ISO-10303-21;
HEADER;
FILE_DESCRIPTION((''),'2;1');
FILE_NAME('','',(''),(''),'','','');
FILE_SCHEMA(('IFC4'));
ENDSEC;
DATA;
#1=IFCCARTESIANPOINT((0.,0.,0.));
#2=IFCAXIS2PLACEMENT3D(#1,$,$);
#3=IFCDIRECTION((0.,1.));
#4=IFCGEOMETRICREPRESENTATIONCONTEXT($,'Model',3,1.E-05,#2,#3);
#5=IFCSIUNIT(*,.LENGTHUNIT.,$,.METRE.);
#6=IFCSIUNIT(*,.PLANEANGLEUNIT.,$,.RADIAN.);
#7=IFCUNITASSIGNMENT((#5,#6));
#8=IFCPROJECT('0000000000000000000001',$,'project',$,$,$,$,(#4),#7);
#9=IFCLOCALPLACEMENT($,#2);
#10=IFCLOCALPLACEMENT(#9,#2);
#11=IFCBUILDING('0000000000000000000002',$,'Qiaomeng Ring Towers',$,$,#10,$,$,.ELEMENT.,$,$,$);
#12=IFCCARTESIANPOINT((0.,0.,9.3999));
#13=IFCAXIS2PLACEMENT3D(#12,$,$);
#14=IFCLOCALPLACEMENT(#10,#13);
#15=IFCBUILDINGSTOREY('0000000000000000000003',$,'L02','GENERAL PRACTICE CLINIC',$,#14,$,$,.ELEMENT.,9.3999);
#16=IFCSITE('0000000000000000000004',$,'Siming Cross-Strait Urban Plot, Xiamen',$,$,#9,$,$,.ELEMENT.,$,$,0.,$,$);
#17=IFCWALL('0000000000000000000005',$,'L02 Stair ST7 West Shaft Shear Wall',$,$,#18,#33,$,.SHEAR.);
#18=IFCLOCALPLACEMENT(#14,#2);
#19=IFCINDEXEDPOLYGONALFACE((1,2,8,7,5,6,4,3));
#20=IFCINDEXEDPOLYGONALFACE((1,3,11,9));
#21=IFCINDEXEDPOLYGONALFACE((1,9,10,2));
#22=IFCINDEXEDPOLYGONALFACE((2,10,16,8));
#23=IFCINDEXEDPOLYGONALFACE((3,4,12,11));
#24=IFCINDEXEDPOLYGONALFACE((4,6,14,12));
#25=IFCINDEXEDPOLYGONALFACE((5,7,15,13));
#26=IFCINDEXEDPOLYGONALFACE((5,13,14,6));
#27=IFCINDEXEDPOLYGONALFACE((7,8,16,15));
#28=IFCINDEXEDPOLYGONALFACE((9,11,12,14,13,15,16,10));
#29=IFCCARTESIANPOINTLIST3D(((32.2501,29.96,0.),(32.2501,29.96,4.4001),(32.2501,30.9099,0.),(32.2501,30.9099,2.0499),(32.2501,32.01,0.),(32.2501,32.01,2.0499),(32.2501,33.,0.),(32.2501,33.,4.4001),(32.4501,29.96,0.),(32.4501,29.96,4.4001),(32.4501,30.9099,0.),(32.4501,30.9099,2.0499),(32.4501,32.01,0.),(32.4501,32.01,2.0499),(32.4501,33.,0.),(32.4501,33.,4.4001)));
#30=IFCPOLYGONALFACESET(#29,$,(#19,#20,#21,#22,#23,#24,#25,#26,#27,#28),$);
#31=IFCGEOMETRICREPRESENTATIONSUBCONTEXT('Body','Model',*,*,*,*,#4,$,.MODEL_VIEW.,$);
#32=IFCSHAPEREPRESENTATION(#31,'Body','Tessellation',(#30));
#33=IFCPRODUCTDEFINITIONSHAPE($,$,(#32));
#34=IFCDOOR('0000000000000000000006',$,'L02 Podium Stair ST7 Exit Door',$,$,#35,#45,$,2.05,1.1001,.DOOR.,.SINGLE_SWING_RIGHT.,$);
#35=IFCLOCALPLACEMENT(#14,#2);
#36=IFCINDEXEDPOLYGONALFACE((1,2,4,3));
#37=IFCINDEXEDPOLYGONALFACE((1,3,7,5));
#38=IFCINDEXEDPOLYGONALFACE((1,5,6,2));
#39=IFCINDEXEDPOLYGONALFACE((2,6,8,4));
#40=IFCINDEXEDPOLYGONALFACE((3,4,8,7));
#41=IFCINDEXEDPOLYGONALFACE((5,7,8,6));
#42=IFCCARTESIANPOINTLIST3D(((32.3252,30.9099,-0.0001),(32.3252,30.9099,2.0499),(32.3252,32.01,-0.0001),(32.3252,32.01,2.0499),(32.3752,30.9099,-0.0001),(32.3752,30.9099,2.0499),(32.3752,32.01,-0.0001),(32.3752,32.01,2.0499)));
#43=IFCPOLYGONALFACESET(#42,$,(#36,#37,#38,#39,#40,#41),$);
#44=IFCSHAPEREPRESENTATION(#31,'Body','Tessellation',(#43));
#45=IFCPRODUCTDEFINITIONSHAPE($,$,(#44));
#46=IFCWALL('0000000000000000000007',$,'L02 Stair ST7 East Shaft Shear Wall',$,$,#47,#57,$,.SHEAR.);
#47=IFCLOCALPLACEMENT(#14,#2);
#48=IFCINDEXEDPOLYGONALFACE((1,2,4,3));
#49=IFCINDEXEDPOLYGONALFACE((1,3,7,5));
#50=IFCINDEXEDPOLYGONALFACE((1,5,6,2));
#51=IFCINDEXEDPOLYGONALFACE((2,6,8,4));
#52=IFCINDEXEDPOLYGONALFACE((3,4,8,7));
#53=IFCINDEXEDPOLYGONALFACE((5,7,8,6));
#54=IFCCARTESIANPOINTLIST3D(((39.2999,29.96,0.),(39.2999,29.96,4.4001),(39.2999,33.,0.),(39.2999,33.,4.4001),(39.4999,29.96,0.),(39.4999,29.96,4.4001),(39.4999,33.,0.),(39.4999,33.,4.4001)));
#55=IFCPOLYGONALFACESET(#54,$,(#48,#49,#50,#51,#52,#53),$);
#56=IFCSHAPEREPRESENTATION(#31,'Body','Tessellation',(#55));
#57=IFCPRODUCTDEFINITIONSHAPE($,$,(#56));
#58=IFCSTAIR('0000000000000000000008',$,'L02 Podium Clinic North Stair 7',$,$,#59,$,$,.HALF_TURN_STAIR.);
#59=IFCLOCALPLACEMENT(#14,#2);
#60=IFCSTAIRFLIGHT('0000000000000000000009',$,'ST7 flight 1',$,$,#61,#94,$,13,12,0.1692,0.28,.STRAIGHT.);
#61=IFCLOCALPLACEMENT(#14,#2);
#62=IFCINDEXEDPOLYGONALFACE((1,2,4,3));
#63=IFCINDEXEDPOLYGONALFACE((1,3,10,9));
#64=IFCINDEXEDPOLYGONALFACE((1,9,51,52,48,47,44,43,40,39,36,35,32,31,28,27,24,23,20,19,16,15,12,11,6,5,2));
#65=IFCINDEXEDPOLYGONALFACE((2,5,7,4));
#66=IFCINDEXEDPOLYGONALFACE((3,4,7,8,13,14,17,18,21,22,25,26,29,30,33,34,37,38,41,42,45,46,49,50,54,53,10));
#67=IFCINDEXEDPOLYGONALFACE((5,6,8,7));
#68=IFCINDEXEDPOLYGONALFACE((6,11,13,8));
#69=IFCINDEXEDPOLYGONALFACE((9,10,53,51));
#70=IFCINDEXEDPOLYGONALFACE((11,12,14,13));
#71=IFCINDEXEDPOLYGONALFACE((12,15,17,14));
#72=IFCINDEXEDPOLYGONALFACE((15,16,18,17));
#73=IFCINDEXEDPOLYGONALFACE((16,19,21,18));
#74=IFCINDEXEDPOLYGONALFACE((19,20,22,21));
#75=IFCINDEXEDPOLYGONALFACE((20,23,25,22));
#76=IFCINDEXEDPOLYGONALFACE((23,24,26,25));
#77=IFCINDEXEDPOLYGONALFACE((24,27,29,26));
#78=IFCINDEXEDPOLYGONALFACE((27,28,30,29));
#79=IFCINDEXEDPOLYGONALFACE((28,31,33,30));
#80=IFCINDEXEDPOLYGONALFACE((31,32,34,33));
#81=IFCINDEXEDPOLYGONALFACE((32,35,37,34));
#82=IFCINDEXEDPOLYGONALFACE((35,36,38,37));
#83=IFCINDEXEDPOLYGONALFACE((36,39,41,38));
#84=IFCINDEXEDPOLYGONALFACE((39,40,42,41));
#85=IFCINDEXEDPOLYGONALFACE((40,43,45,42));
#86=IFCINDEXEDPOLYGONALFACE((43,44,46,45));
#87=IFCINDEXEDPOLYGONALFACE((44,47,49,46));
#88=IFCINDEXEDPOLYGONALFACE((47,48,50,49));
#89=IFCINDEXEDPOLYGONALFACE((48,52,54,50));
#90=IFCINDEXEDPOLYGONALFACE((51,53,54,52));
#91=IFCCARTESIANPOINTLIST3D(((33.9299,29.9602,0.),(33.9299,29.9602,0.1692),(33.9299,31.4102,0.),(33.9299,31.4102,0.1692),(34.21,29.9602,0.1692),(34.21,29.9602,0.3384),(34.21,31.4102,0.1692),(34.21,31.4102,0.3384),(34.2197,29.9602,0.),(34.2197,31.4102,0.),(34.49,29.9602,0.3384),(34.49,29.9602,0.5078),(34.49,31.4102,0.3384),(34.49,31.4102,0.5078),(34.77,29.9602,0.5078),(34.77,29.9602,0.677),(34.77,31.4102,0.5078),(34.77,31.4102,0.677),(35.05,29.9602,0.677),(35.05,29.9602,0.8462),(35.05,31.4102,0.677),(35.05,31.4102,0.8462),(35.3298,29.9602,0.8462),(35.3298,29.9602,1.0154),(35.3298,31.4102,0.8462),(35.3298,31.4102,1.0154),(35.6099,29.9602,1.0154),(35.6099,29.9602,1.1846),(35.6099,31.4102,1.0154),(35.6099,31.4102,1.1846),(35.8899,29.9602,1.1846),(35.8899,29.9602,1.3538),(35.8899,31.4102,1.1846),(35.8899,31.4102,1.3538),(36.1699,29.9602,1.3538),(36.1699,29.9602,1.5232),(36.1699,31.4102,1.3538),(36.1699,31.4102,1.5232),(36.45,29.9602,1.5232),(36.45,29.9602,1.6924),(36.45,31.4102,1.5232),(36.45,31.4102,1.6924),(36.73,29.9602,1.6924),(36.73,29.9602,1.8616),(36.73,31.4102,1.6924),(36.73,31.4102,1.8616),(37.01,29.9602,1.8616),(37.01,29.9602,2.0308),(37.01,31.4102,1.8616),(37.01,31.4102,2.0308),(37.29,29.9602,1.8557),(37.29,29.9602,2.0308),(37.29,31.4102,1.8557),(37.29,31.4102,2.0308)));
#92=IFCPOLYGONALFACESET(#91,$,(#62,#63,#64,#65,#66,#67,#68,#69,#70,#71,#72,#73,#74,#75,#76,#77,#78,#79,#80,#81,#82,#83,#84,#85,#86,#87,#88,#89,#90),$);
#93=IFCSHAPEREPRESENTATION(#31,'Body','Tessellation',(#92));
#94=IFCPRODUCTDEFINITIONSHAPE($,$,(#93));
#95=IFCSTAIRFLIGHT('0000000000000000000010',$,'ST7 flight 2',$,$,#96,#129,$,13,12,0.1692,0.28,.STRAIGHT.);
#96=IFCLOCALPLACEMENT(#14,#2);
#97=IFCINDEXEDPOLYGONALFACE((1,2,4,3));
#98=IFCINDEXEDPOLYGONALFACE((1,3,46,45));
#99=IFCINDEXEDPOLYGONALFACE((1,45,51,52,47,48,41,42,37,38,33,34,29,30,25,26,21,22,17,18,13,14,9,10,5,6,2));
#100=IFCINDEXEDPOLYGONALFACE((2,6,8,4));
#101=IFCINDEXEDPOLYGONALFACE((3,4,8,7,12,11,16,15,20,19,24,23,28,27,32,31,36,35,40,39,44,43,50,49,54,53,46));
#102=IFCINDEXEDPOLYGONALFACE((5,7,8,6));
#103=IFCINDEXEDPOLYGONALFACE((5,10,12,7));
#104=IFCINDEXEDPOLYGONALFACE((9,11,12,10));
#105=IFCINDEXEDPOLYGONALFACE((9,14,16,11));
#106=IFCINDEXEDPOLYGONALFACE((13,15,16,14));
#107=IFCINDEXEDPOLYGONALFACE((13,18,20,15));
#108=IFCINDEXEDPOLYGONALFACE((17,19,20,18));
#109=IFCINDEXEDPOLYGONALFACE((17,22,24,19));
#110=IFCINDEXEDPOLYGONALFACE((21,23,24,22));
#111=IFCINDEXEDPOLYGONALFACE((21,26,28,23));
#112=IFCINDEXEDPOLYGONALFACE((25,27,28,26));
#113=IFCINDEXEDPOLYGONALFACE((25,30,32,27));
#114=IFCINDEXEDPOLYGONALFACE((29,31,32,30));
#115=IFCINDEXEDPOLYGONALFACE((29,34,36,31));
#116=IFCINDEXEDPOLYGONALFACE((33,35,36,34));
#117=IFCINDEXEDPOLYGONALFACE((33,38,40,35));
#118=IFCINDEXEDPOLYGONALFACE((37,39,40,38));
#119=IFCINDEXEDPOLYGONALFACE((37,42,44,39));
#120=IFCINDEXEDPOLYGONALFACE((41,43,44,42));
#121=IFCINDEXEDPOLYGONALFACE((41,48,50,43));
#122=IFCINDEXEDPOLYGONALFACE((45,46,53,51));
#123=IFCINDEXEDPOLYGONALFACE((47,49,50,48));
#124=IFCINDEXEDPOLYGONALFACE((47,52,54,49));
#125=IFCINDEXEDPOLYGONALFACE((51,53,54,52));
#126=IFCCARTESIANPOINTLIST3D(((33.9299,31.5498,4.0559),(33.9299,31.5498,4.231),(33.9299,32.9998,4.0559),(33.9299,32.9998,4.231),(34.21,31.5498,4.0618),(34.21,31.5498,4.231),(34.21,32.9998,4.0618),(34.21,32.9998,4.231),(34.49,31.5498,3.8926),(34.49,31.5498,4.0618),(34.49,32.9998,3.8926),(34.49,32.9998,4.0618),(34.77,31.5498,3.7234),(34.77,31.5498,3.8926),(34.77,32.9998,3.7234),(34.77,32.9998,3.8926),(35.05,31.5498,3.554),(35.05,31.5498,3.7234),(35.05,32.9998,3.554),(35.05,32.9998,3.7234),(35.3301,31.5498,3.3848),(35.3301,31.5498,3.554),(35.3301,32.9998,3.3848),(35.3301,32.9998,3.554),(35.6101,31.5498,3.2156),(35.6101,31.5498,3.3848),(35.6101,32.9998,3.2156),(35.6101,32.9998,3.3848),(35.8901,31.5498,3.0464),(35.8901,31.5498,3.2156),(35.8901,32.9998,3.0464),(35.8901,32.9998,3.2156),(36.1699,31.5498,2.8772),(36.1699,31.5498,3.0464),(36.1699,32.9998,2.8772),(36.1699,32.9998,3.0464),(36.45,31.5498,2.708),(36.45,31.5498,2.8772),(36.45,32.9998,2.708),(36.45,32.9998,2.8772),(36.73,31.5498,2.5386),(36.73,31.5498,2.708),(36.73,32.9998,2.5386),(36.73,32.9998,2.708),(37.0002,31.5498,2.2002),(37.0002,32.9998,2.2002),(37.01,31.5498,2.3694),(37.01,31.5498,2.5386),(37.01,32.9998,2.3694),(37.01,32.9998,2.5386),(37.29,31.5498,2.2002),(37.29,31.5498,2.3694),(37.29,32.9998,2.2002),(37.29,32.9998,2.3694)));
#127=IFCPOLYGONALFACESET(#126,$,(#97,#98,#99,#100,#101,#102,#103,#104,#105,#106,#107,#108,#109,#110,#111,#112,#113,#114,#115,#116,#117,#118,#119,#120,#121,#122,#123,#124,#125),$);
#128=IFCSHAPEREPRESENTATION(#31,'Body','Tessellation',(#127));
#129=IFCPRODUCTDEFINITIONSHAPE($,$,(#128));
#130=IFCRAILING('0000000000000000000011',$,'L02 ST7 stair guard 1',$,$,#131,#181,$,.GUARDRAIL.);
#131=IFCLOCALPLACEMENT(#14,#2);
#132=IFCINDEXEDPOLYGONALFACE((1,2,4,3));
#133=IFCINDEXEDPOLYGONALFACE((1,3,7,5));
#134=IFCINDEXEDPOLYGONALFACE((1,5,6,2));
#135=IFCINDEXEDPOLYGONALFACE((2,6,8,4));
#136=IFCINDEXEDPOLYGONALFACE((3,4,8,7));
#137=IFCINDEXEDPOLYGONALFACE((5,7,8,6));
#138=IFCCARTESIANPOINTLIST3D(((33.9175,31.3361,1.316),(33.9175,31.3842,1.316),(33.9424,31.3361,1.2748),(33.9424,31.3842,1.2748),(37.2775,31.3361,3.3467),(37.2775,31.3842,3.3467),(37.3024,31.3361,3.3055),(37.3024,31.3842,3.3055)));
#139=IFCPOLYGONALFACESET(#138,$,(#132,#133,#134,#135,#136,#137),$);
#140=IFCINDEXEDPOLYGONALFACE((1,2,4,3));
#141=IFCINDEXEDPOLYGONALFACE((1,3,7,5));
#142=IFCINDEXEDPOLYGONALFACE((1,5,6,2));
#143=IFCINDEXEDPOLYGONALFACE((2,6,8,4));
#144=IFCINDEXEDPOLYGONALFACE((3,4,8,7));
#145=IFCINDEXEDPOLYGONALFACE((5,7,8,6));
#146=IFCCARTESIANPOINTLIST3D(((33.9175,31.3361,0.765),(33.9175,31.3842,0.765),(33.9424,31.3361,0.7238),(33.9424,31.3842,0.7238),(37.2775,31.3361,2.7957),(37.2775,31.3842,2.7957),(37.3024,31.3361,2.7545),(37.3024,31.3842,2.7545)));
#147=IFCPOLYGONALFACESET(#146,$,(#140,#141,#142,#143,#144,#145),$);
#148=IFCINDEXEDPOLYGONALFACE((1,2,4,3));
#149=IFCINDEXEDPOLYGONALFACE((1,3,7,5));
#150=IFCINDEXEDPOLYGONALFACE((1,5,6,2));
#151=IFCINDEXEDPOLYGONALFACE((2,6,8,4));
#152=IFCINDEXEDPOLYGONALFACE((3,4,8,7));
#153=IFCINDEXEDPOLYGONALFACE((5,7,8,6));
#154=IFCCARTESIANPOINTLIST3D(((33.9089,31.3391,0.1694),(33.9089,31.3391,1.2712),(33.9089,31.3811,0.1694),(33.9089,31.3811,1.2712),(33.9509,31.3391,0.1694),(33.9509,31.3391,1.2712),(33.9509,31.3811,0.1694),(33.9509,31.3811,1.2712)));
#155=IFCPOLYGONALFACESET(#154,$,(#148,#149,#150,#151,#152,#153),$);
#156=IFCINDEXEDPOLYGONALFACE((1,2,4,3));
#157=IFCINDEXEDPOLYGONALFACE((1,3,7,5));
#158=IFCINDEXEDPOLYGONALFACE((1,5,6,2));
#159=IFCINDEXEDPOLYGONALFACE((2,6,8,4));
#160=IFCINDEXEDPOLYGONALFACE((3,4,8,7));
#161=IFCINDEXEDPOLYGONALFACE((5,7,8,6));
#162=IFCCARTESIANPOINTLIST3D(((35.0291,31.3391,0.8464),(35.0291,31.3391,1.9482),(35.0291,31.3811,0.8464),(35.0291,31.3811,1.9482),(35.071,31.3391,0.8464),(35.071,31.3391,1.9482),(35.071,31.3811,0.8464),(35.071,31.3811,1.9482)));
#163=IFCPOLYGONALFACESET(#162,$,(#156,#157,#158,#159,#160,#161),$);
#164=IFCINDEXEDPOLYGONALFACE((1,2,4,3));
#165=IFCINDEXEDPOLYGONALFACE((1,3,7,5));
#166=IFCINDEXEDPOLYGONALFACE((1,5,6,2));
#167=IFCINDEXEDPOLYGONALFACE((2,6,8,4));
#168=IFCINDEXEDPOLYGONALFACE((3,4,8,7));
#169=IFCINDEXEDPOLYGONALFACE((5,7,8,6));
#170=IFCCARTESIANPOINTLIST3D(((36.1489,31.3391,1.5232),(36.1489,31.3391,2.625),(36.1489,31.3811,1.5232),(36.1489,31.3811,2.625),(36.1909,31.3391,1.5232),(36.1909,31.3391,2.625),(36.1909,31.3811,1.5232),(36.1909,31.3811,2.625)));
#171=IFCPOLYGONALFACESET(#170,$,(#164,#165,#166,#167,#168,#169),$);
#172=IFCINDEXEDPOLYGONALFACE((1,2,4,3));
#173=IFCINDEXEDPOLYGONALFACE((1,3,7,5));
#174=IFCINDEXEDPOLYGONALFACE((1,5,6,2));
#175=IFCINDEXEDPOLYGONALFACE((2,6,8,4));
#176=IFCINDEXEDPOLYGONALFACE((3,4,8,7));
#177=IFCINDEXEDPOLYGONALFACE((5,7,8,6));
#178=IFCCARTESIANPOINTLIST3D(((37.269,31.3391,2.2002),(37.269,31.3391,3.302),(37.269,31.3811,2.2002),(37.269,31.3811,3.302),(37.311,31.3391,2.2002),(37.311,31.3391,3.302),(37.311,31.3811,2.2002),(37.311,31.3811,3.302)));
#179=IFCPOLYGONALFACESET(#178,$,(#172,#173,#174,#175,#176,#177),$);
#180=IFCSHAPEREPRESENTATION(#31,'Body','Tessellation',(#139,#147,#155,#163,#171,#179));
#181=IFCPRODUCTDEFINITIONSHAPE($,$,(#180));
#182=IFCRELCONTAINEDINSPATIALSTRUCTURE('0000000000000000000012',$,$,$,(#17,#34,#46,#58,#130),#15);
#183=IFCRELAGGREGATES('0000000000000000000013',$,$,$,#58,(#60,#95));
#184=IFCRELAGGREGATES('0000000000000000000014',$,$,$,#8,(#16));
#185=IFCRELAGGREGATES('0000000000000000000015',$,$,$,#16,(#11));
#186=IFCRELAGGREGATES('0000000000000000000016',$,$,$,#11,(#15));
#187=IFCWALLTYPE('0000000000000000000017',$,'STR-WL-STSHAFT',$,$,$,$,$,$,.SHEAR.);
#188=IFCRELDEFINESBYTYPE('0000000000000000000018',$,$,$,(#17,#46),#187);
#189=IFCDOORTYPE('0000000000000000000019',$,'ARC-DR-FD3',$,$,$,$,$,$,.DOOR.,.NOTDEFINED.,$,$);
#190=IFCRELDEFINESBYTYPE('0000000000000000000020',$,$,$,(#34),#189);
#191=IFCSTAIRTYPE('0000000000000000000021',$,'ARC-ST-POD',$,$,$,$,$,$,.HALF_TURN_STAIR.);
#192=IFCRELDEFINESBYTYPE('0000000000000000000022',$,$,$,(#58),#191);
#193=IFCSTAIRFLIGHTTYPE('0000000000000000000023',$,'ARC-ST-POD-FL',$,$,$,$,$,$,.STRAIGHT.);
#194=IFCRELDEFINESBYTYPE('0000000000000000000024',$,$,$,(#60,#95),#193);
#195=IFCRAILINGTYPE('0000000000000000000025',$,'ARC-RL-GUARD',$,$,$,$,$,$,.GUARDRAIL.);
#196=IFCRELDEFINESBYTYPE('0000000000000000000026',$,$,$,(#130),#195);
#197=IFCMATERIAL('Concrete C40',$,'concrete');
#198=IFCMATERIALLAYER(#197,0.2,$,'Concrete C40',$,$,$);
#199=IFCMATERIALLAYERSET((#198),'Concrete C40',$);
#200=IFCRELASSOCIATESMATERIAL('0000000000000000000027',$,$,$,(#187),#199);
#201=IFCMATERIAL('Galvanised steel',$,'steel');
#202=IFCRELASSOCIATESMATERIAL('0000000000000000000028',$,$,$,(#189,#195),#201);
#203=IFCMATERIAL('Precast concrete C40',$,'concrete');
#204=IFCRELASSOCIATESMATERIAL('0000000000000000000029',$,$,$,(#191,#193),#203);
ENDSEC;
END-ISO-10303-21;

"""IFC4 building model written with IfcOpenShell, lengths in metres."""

from ifc_helpers import new_model, si_unit, direction, frame, frame_2d, origin, origin_2d, place, context, subcontext, project, spatial, polyline, rectangle, outline, extrude, source, transform, mapped, material, layer, layer_set, type_object, element, fill, aggregate, save


model = new_model("IFC4")

# Units and contexts
model_context = context("Model", 3, precision=1e-05, world=origin(), true_north=direction((0.0, 1.0)))
body_context = subcontext(model_context, "Body", "Model", "MODEL_VIEW")
ifc_project = project(units=[si_unit("LENGTHUNIT", "METRE"), si_unit("PLANEANGLEUNIT", "RADIAN")], contexts=[model_context])

# Site, building, storey
site_placement = place(None, origin())
site = spatial("IfcSite", under=ifc_project, at=site_placement, Name="Siming Cross-Strait Urban Plot, Xiamen", CompositionType="ELEMENT", RefElevation=0.0)
building_placement = place(site_placement, origin())
building = spatial("IfcBuilding", under=site, at=building_placement, Name="Qiaomeng Ring Towers", CompositionType="ELEMENT")
storey_placement = place(building_placement, frame((0.0, 0.0, 9.3999)))
storey = spatial("IfcBuildingStorey", under=building, at=storey_placement, Name="L02", Description="GENERAL PRACTICE CLINIC", CompositionType="ELEMENT", Elevation=9.3999)

# Wall, opening, door
ifc_material_1 = material(Name="Concrete C40", Category="concrete")
ifc_layer_1 = layer(ifc_material_1, 0.2, Name="Concrete C40")
ifc_layer_set_1 = layer_set([ifc_layer_1], Name="Concrete C40")
wall_type_1 = type_object("IfcWallType", Name="STR-WL-STSHAFT", PredefinedType="SHEAR", material=ifc_layer_set_1)
wall_1_placement = place(storey_placement, frame((32.3501, 29.96, 0.0), z_axis=(0.0, 0.0, 1.0), x_axis=(0.0, 1.0, 0.0)))
wall_1 = element("IfcWall", 1, at=wall_1_placement, inside=storey, type_object=wall_type_1, Name="L02 Stair ST7 West Shaft Shear Wall", PredefinedType="SHEAR", context=body_context, shape_type="SweptSolid", body=[
    extrude(rectangle(XDim=3.04, YDim=0.2, at=frame_2d((1.52, 0.0))), origin(), (0.0, 0.0, 1.0), 4.4001),
])
opening_1_placement = place(wall_1_placement, frame((0.95, 0.0, 0.0)))
opening_1 = element("IfcOpeningElement", 2, at=opening_1_placement, cuts=wall_1, PredefinedType="OPENING", context=body_context, shape_type="SweptSolid", body=[
    extrude(rectangle(XDim=1.1001, YDim=2.05, at=frame_2d((0.55, 1.0249))), frame((0.0, 0.1099, 0.0), z_axis=(0.0, -1.0, 0.0), x_axis=(1.0, 0.0, 0.0)), (0.0, 0.0, 1.0), 0.22),
])
ifc_material_2 = material(Name="Galvanised steel", Category="steel")
door_type_1 = type_object("IfcDoorType", Name="ARC-DR-FD3", OperationType="NOTDEFINED", PredefinedType="DOOR", material=ifc_material_2)
shared_shape_1 = source(origin(), body_context, "Body", "SweptSolid", [
    extrude(rectangle(XDim=1.1001, YDim=2.05, at=frame_2d((0.55, 1.0249))), frame((0.0, 0.0249, 0.0), z_axis=(0.0, -1.0, 0.0), x_axis=(1.0, 0.0, 0.0)), (0.0, 0.0, 1.0), 0.05),
])
door_1_placement = place(opening_1_placement, origin())
door_1 = element("IfcDoor", 3, at=door_1_placement, inside=storey, type_object=door_type_1, Name="L02 Podium Stair ST7 Exit Door", OperationType="SINGLE_SWING_RIGHT", OverallHeight=2.05, OverallWidth=1.1001, PredefinedType="DOOR", context=body_context, shape_type="MappedRepresentation", body=[
    mapped(shared_shape_1, transform((0.0, 0.0, 0.0), x_axis=(1.0, 0.0, 0.0), y_axis=(0.0, 1.0, 0.0), z_axis=(0.0, 0.0, 1.0), scale=1.0)),
])
fill(opening_1, door_1)

# Wall
wall_2_placement = place(storey_placement, frame((39.3999, 29.96, 0.0), z_axis=(0.0, 0.0, 1.0), x_axis=(0.0, 1.0, 0.0)))
element("IfcWall", 4, at=wall_2_placement, inside=storey, type_object=wall_type_1, Name="L02 Stair ST7 East Shaft Shear Wall", PredefinedType="SHEAR", context=body_context, shape_type="SweptSolid", body=[
    extrude(rectangle(XDim=3.04, YDim=0.2, at=frame_2d((1.52, 0.0))), origin(), (0.0, 0.0, 1.0), 4.4001),
])

# Stair, stair flights
ifc_material_3 = material(Name="Precast concrete C40", Category="concrete")
stair_type = type_object("IfcStairType", Name="ARC-ST-POD", PredefinedType="HALF_TURN_STAIR", material=ifc_material_3)
stair_placement = place(storey_placement, origin())
stair = element("IfcStair", 5, at=stair_placement, inside=storey, type_object=stair_type, Name="L02 Podium Clinic North Stair 7", PredefinedType="HALF_TURN_STAIR")
stair_flight_type = type_object("IfcStairFlightType", Name="ARC-ST-POD-FL", PredefinedType="STRAIGHT", material=ifc_material_3)
shared_shape_2 = source(origin(), body_context, "Body", "SweptSolid", [
    extrude(outline(polyline([(0.0, 0.0), (0.0, 0.1692), (0.28, 0.1692), (0.28, 0.3384), (0.5601, 0.3384), (0.5601, 0.5078), (0.8401, 0.5078), (0.8401, 0.677), (1.1201, 0.677), (1.1201, 0.8462), (1.3999, 0.8462), (1.3999, 1.0154), (1.6799, 1.0154), (1.6799, 1.1846), (1.96, 1.1846), (1.96, 1.3538), (2.24, 1.3538), (2.24, 1.5232), (2.52, 1.5232), (2.52, 1.6924), (2.8, 1.6924), (2.8, 1.8616), (3.0801, 1.8616), (3.0801, 2.0308), (3.3601, 2.0308), (3.3601, 2.2), (3.3601, 1.8557), (0.2898, 0.0), (0.0, 0.0)])), frame((0.0, 0.7251, 0.0), z_axis=(0.0, -1.0, 0.0), x_axis=(1.0, 0.0, 0.0)), (0.0, 0.0, 1.0), 1.45),
])
stair_flight_1_placement = place(storey_placement, frame((33.9299, 30.6851, 0.0), z_axis=(0.0, 0.0, 1.0), x_axis=(1.0, 0.0, 0.0)))
stair_flight_1 = element("IfcStairFlight", 6, at=stair_flight_1_placement, type_object=stair_flight_type, Name="ST7 flight 1", NumberOfRisers=13, NumberOfTreads=12, PredefinedType="STRAIGHT", RiserHeight=0.1692, TreadLength=0.28, context=body_context, shape_type="MappedRepresentation", body=[
    mapped(shared_shape_2, transform((0.0, 0.0, 0.0), x_axis=(1.0, 0.0, 0.0), y_axis=(0.0, 1.0, 0.0), z_axis=(0.0, 0.0, 1.0), scale=1.0)),
])
stair_flight_2_placement = place(storey_placement, frame((37.29, 32.2749, 2.2002), z_axis=(0.0, 0.0, 1.0), x_axis=(-1.0, 0.0, 0.0)))
stair_flight_2 = element("IfcStairFlight", 7, at=stair_flight_2_placement, type_object=stair_flight_type, Name="ST7 flight 2", NumberOfRisers=13, NumberOfTreads=12, PredefinedType="STRAIGHT", RiserHeight=0.1692, TreadLength=0.28, context=body_context, shape_type="MappedRepresentation", body=[
    mapped(shared_shape_2, transform((0.0, 0.0, 0.0), x_axis=(1.0, 0.0, 0.0), y_axis=(0.0, 1.0, 0.0), z_axis=(0.0, 0.0, 1.0), scale=1.0)),
])
aggregate(stair, [stair_flight_1, stair_flight_2])

# Railing
railing_type_1 = type_object("IfcRailingType", Name="ARC-RL-GUARD", PredefinedType="GUARDRAIL", material=ifc_material_2)
railing_1_placement = place(storey_placement, frame((33.9299, 31.3601, 0.1694)))
element("IfcRailing", 8, at=railing_1_placement, inside=storey, type_object=railing_type_1, Name="L02 ST7 stair guard 1", PredefinedType="GUARDRAIL", context=body_context, shape_type="SweptSolid", body=[
    extrude(rectangle(XDim=0.0481, YDim=0.0481, at=origin_2d()), frame((0.0, 0.0, 1.126), z_axis=(0.855837, 0.0, 0.517246), x_axis=(0.0, 1.0, 0.0)), (0.0, 0.0, 1.0), 3.926),
    extrude(rectangle(XDim=0.0481, YDim=0.0481, at=origin_2d()), frame((0.0, 0.0, 0.575), z_axis=(0.855837, 0.0, 0.517246), x_axis=(0.0, 1.0, 0.0)), (0.0, 0.0, 1.0), 3.926),
    extrude(rectangle(XDim=0.042, YDim=0.042, at=origin_2d()), origin(), (0.0, 0.0, 1.0), 1.1018),
    extrude(rectangle(XDim=0.042, YDim=0.042, at=origin_2d()), frame((1.1201, 0.0, 0.677)), (0.0, 0.0, 1.0), 1.1018),
    extrude(rectangle(XDim=0.042, YDim=0.042, at=origin_2d()), frame((2.24, 0.0, 1.3538)), (0.0, 0.0, 1.0), 1.1018),
    extrude(rectangle(XDim=0.042, YDim=0.042, at=origin_2d()), frame((3.3601, 0.0, 2.0308)), (0.0, 0.0, 1.0), 1.1018),
])

save(model, "model.ifc")
